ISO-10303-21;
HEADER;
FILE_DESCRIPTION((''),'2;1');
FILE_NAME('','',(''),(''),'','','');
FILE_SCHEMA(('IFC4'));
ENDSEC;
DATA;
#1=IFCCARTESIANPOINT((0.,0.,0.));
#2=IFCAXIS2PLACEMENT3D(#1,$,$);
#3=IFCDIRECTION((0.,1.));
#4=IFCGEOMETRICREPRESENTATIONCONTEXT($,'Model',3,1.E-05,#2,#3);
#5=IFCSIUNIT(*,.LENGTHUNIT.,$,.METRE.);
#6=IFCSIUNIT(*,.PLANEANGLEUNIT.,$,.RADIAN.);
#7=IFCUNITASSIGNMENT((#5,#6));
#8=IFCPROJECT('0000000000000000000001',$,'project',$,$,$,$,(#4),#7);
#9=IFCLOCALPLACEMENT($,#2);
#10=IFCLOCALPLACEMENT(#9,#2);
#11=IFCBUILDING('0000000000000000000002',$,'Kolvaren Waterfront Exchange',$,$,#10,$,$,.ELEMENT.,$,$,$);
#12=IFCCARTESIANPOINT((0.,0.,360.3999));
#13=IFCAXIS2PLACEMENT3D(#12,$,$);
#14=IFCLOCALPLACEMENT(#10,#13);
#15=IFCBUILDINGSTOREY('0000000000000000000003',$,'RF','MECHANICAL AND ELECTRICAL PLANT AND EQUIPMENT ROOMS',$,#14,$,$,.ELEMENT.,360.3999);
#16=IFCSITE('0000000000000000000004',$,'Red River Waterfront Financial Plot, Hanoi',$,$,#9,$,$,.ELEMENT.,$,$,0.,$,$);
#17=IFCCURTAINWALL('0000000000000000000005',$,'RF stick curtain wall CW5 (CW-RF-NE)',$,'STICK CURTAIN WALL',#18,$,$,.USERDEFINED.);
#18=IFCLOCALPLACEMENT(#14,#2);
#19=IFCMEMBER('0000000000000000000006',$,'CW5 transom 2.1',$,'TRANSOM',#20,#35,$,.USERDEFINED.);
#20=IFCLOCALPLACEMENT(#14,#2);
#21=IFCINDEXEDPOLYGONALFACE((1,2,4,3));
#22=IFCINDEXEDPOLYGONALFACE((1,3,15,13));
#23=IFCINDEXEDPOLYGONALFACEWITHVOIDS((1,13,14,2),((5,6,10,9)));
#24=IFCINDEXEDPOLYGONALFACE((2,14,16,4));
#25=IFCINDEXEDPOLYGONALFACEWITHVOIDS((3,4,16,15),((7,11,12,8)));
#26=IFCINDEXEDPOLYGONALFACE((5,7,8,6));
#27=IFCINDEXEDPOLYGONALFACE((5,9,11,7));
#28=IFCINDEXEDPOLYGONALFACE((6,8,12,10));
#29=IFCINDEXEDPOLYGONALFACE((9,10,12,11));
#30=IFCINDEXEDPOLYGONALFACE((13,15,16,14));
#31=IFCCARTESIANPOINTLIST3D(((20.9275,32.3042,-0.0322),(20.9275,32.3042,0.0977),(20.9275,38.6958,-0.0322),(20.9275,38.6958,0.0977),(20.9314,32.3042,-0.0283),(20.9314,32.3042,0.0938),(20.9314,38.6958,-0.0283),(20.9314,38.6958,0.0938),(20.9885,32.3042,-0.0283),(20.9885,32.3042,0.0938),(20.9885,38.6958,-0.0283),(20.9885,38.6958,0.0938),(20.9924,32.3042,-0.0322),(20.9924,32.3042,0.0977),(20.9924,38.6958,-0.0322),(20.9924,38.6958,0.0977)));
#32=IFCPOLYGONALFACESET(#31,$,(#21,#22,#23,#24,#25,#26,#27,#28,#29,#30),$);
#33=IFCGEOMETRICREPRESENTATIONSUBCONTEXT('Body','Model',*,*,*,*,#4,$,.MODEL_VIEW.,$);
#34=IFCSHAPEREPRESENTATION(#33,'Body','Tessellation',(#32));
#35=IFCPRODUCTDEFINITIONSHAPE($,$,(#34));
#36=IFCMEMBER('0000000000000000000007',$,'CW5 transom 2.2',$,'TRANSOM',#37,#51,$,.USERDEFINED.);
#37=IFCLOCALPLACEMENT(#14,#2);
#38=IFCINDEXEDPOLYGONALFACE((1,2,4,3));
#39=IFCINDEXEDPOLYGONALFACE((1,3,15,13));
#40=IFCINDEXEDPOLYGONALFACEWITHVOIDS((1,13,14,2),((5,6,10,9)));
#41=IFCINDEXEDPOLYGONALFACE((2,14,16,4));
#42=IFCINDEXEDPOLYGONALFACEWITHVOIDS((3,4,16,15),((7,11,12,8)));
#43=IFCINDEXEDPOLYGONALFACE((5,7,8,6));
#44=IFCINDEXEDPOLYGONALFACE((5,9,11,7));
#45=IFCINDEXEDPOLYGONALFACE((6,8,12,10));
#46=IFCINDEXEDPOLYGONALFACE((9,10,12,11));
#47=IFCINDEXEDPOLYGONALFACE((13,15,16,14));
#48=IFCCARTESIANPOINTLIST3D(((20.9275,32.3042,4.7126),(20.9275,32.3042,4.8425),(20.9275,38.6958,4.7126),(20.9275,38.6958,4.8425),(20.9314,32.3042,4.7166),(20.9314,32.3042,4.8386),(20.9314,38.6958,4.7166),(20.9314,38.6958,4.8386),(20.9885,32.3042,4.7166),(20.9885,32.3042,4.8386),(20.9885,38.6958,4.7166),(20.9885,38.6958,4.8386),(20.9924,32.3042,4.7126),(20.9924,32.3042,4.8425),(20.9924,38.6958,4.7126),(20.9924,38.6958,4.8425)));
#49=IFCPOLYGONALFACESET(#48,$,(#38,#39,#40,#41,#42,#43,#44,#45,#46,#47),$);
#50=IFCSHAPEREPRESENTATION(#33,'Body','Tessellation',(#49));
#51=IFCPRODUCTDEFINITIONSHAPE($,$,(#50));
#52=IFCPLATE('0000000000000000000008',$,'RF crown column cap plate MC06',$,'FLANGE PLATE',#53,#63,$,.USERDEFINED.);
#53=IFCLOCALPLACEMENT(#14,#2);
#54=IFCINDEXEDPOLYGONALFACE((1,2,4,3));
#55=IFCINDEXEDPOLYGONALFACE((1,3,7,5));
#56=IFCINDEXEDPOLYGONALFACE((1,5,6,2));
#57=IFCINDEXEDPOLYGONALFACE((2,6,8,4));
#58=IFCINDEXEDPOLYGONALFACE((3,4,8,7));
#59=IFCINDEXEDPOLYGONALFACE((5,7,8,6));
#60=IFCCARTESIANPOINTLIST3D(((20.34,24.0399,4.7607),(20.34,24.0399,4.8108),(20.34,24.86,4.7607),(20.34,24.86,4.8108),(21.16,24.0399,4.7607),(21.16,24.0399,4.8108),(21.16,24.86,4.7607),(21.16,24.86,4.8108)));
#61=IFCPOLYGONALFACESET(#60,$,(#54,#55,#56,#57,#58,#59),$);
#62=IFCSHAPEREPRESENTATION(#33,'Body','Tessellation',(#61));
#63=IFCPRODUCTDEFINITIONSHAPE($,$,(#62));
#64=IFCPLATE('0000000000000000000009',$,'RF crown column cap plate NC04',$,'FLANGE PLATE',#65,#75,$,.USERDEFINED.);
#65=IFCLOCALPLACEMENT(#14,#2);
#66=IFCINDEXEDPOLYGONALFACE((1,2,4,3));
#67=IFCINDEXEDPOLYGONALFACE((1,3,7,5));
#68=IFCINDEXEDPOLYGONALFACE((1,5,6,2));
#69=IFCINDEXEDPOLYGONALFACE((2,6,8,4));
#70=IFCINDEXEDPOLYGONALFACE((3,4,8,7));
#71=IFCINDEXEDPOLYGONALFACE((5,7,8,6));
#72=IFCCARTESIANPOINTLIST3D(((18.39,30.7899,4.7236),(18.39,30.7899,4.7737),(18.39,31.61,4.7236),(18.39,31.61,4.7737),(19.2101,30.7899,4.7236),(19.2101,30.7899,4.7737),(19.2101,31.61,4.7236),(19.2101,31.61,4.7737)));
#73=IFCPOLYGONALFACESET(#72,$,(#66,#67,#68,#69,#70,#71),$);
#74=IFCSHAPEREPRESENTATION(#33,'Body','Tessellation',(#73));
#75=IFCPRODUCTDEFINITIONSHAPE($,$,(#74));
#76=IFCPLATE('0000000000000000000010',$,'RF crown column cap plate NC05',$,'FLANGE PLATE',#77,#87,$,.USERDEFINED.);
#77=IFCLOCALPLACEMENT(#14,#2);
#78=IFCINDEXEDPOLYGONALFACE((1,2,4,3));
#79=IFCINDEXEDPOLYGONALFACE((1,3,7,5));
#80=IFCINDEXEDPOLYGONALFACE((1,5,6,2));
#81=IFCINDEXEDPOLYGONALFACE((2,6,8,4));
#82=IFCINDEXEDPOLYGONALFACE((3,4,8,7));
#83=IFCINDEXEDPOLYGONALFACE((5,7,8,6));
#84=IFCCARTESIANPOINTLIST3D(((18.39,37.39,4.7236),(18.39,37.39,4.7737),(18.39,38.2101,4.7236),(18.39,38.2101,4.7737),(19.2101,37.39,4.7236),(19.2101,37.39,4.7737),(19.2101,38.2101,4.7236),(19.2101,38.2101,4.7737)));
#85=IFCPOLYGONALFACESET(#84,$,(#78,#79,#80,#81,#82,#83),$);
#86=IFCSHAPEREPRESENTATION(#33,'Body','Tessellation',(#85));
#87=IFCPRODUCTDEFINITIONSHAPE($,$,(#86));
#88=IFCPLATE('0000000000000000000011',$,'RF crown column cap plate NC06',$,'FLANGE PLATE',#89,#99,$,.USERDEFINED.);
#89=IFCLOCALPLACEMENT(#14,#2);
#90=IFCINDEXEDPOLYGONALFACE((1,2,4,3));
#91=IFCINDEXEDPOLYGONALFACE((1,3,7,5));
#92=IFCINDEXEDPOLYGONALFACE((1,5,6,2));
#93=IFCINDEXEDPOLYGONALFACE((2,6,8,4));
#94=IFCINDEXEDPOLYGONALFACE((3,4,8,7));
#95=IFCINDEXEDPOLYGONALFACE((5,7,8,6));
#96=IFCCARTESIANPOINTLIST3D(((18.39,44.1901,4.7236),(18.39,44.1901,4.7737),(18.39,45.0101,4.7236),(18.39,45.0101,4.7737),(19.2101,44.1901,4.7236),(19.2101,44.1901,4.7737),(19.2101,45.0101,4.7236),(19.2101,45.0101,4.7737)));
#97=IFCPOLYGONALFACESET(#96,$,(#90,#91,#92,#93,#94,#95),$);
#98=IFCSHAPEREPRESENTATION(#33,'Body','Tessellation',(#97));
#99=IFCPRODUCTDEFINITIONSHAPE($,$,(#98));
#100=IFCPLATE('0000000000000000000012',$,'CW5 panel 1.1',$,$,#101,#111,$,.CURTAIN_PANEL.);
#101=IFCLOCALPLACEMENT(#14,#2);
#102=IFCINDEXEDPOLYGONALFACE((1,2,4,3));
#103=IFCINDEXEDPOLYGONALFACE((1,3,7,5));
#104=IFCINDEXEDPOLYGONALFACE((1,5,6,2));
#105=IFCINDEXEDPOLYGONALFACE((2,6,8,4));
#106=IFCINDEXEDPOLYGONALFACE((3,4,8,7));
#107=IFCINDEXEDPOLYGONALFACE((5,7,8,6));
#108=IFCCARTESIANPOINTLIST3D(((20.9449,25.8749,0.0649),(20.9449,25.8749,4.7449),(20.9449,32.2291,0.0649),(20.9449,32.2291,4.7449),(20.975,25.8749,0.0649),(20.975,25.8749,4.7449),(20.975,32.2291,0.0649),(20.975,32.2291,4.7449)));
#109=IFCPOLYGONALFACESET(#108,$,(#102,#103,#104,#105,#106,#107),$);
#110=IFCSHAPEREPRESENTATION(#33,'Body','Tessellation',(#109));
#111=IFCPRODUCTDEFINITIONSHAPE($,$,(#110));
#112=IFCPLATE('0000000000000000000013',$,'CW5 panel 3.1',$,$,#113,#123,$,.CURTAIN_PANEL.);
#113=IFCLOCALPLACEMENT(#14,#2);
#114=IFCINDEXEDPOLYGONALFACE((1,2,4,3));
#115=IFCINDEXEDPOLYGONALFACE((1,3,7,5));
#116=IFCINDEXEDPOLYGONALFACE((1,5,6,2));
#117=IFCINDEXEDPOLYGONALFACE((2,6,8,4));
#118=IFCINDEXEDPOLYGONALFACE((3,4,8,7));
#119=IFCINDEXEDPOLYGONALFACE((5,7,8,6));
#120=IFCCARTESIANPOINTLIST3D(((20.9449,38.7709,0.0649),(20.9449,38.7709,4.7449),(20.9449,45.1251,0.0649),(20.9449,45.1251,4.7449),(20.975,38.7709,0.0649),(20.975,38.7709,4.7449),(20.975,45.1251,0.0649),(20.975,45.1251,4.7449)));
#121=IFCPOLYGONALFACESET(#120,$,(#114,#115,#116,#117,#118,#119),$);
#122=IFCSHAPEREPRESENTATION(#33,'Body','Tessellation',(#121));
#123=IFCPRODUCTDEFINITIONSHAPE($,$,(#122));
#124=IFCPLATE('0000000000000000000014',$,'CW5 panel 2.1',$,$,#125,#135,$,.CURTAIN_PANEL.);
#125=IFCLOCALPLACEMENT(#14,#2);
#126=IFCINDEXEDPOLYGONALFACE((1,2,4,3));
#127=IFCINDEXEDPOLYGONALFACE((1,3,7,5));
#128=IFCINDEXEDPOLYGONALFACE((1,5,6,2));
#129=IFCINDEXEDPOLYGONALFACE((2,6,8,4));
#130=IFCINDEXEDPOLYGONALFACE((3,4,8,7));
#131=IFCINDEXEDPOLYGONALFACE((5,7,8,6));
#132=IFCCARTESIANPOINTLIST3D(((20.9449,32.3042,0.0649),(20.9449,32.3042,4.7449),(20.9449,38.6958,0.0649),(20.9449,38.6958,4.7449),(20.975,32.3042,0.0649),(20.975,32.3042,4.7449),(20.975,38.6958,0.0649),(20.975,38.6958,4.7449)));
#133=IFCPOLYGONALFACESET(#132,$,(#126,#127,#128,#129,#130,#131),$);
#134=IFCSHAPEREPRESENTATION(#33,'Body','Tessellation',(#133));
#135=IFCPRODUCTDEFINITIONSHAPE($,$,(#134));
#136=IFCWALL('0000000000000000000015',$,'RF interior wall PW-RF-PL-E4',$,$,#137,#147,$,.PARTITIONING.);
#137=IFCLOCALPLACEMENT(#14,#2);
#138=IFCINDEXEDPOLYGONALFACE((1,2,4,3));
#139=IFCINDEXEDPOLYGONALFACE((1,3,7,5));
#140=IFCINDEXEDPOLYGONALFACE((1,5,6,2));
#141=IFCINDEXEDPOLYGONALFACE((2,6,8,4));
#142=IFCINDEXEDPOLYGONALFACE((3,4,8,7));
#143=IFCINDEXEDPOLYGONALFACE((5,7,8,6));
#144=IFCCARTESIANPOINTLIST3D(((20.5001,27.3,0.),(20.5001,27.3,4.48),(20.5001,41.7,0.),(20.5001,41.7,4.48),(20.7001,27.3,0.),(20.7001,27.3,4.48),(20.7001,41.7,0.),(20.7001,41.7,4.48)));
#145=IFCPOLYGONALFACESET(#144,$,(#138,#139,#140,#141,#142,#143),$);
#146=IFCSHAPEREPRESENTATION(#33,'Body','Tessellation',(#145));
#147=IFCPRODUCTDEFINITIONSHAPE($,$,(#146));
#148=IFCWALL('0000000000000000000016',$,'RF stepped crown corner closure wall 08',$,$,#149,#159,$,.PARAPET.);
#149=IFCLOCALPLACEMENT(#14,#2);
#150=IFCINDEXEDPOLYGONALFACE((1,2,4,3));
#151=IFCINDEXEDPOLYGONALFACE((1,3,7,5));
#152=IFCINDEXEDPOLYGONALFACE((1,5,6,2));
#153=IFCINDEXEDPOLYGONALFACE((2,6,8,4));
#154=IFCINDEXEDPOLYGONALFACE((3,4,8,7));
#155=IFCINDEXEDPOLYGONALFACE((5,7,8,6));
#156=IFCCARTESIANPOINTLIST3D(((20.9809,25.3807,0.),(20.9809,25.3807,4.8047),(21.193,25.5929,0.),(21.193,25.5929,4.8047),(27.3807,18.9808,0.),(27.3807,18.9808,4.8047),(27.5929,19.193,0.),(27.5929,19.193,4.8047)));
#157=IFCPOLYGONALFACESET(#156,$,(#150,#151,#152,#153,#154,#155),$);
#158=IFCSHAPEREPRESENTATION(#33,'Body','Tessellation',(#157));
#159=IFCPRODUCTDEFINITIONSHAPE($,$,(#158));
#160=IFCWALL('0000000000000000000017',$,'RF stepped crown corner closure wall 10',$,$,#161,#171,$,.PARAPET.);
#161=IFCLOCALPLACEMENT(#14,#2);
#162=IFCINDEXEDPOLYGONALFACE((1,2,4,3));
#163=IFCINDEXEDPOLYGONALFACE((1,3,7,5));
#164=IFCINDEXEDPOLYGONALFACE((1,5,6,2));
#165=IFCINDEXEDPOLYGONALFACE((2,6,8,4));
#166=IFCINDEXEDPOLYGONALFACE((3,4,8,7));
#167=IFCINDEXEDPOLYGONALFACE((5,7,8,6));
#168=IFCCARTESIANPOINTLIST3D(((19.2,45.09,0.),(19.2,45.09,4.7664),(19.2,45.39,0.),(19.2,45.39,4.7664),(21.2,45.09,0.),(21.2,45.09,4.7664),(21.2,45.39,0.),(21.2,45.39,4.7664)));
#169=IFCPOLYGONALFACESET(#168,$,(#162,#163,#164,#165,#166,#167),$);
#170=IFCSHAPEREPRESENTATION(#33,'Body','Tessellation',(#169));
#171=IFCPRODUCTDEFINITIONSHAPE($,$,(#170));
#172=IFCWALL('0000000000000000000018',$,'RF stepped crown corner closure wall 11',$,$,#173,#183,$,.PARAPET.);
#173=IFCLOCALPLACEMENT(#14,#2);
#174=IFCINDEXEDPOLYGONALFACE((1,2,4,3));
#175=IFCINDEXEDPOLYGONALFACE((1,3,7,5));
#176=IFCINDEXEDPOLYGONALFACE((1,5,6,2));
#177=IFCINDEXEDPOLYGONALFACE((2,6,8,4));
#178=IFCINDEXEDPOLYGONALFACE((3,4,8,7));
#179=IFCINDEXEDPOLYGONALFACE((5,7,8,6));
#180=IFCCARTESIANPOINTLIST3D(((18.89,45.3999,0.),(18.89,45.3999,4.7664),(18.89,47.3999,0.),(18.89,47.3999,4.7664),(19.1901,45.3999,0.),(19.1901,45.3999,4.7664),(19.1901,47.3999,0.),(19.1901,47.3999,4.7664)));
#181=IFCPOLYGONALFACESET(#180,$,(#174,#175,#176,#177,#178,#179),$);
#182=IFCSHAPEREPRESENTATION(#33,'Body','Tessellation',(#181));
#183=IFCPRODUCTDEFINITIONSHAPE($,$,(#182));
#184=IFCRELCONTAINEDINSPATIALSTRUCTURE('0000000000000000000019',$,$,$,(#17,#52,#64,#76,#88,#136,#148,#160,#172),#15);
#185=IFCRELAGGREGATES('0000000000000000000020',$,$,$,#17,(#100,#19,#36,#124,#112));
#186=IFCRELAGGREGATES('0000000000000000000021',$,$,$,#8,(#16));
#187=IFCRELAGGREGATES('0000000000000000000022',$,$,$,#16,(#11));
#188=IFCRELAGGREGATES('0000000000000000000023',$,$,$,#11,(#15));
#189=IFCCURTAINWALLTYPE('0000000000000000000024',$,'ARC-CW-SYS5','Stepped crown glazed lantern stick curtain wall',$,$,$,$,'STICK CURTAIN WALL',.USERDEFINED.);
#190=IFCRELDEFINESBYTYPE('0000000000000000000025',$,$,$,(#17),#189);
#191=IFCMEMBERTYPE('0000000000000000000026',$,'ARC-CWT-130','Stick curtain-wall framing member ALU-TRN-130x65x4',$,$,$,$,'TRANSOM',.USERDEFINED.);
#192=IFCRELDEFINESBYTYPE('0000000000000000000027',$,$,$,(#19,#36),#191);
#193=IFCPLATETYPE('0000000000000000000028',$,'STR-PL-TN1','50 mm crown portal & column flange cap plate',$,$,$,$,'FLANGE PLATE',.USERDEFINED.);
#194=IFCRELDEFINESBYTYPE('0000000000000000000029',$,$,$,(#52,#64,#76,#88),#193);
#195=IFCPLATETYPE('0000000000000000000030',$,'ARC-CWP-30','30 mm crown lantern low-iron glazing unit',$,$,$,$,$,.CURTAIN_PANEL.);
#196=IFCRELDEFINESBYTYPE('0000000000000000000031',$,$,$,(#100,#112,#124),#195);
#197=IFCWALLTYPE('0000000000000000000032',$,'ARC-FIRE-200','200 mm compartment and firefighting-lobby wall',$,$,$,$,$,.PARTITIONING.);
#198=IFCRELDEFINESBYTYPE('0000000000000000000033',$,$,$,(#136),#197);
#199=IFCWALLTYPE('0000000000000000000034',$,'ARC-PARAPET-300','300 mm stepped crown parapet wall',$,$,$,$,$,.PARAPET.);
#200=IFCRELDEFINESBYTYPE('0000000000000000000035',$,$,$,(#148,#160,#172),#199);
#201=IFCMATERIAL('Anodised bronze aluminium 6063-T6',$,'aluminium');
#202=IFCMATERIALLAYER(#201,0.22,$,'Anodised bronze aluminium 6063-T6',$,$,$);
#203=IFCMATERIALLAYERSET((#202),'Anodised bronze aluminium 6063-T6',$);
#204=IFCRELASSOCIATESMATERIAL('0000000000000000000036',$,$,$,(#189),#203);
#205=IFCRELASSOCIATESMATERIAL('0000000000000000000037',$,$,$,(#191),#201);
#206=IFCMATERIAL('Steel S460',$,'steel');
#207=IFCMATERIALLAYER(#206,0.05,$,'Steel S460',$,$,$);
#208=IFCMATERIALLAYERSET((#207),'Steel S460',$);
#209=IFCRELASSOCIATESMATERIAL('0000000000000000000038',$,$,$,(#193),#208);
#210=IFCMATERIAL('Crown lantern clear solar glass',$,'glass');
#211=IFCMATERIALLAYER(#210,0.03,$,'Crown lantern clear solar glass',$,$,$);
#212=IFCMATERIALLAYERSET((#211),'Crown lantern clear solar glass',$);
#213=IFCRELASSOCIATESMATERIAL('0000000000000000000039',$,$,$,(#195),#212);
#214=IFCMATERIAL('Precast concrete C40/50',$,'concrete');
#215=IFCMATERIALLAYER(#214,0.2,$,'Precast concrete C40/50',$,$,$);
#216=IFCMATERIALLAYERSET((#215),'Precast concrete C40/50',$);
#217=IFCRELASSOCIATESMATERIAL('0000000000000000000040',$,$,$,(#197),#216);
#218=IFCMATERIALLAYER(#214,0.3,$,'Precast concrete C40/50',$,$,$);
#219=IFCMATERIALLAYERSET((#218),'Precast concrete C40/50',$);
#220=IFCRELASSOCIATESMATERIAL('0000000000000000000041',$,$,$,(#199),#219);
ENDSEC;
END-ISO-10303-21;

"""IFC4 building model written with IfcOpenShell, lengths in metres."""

from ifc_helpers import new_model, si_unit, direction, frame, frame_2d, origin, origin_with_axes, origin_2d, place, context, subcontext, project, spatial, rectangle, hollow_rectangle, extrude, source, transform, mapped, material, layer, layer_set, material_profile, profile_set, type_object, element, aggregate, save


model = new_model("IFC4")

# Units and contexts
model_context = context("Model", 3, precision=1e-05, world=origin(), true_north=direction((0.0, 1.0)))
body_context = subcontext(model_context, "Body", "Model", "MODEL_VIEW")
ifc_project = project(units=[si_unit("LENGTHUNIT", "METRE"), si_unit("PLANEANGLEUNIT", "RADIAN")], contexts=[model_context])

# Site, building, storey
site_placement = place(None, origin())
site = spatial("IfcSite", under=ifc_project, at=site_placement, Name="Red River Waterfront Financial Plot, Hanoi", CompositionType="ELEMENT", RefElevation=0.0)
building_placement = place(site_placement, origin())
building = spatial("IfcBuilding", under=site, at=building_placement, Name="Kolvaren Waterfront Exchange", CompositionType="ELEMENT")
storey_placement = place(building_placement, frame((0.0, 0.0, 360.3999)))
storey = spatial("IfcBuildingStorey", under=building, at=storey_placement, Name="RF", Description="MECHANICAL AND ELECTRICAL PLANT AND EQUIPMENT ROOMS", CompositionType="ELEMENT", Elevation=360.3999)

# Shared definitions
ifc_material_1 = material(Name="Anodised bronze aluminium 6063-T6", Category="aluminium")
ifc_layer_1 = layer(ifc_material_1, 0.22, Name="Anodised bronze aluminium 6063-T6")
ifc_layer_set_1 = layer_set([ifc_layer_1], Name="Anodised bronze aluminium 6063-T6")
curtain_wall_type = type_object("IfcCurtainWallType", Name="ARC-CW-SYS5", Description="Stepped crown glazed lantern stick curtain wall", ElementType="STICK CURTAIN WALL", PredefinedType="USERDEFINED", material=ifc_layer_set_1)

# Curtain wall, members
curtain_wall_1_placement = place(storey_placement, origin())
curtain_wall_1 = element("IfcCurtainWall", 1, at=curtain_wall_1_placement, inside=storey, type_object=curtain_wall_type, Name="RF stick curtain wall CW5 (CW-RF-NE)", ObjectType="STICK CURTAIN WALL", PredefinedType="USERDEFINED")
ifc_material_profile_1 = material_profile(ifc_material_1, hollow_rectangle(XDim=0.0649, YDim=0.1299, WallThickness=0.0039, at=origin_2d()), Name="ALU-TRN-130x65x4")
ifc_profile_set_1 = profile_set([ifc_material_profile_1], Name="Anodised bronze aluminium 6063-T6")
member_type_1 = type_object("IfcMemberType", Name="ARC-CWT-130", Description="Stick curtain-wall framing member ALU-TRN-130x65x4", ElementType="TRANSOM", PredefinedType="USERDEFINED", material=ifc_profile_set_1)
shared_shape_1 = source(origin_with_axes(), body_context, "Body", "SweptSolid", [
    extrude(hollow_rectangle(XDim=0.0649, YDim=0.1299, WallThickness=0.0039, at=origin_2d()), origin(), (0.0, 0.0, 1.0), 6.3916),
])
member_1_placement = place(storey_placement, frame((20.96, 32.3042, 0.0327), z_axis=(0.0, 1.0, 0.0), x_axis=(-1.0, 0.0, 0.0)))
member_1 = element("IfcMember", 2, at=member_1_placement, type_object=member_type_1, Name="CW5 transom 2.1", ObjectType="TRANSOM", PredefinedType="USERDEFINED", context=body_context, shape_type="MappedRepresentation", body=[
    mapped(shared_shape_1, transform((0.0, 0.0, 0.0), x_axis=(1.0, 0.0, 0.0), y_axis=(0.0, 1.0, 0.0), z_axis=(0.0, 0.0, 1.0), scale=1.0)),
])
member_2_placement = place(storey_placement, frame((20.96, 32.3042, 4.7776), z_axis=(0.0, 1.0, 0.0), x_axis=(-1.0, 0.0, 0.0)))
member_2 = element("IfcMember", 3, at=member_2_placement, type_object=member_type_1, Name="CW5 transom 2.2", ObjectType="TRANSOM", PredefinedType="USERDEFINED", context=body_context, shape_type="MappedRepresentation", body=[
    mapped(shared_shape_1, transform((0.0, 0.0, 0.0), x_axis=(1.0, 0.0, 0.0), y_axis=(0.0, 1.0, 0.0), z_axis=(0.0, 0.0, 1.0), scale=1.0)),
])

# Plates
ifc_material_2 = material(Name="Steel S460", Category="steel")
ifc_layer_2 = layer(ifc_material_2, 0.05, Name="Steel S460")
ifc_layer_set_2 = layer_set([ifc_layer_2], Name="Steel S460")
plate_type_1 = type_object("IfcPlateType", Name="STR-PL-TN1", Description="50 mm crown portal & column flange cap plate", ElementType="FLANGE PLATE", PredefinedType="USERDEFINED", material=ifc_layer_set_2)
shared_shape_2 = source(origin_with_axes(), body_context, "Body", "SweptSolid", [
    extrude(rectangle(XDim=0.8201, YDim=0.8201, at=origin_2d()), origin(), (0.0, 0.0, 1.0), 0.05),
])
for number, where, z_axis, x_axis, name in (
    (4, (20.75, 24.45, 4.7607), (0.0, 0.0, 1.0), (1.0, 0.0, 0.0), "RF crown column cap plate MC06"),
    (5, (18.8, 31.2, 4.7236), (0.0, 0.0, 1.0), (1.0, 0.0, 0.0), "RF crown column cap plate NC04"),
    (6, (18.8, 37.8, 4.7236), (0.0, 0.0, 1.0), (1.0, 0.0, 0.0), "RF crown column cap plate NC05"),
    (7, (18.8, 44.6001, 4.7236), (0.0, 0.0, 1.0), (1.0, 0.0, 0.0), "RF crown column cap plate NC06"),
):
    element("IfcPlate", number, at=place(storey_placement, frame(where, z_axis=z_axis, x_axis=x_axis)), inside=storey, type_object=plate_type_1, Name=name, ObjectType="FLANGE PLATE", PredefinedType="USERDEFINED", context=body_context, shape_type="MappedRepresentation", body=[
        mapped(shared_shape_2, transform((0.0, 0.0, 0.0), x_axis=(1.0, 0.0, 0.0), y_axis=(0.0, 1.0, 0.0), z_axis=(0.0, 0.0, 1.0), scale=1.0)),
    ])

# Plates
ifc_material_3 = material(Name="Crown lantern clear solar glass", Category="glass")
ifc_layer_3 = layer(ifc_material_3, 0.03, Name="Crown lantern clear solar glass")
ifc_layer_set_3 = layer_set([ifc_layer_3], Name="Crown lantern clear solar glass")
plate_type_2 = type_object("IfcPlateType", Name="ARC-CWP-30", Description="30 mm crown lantern low-iron glazing unit", PredefinedType="CURTAIN_PANEL", material=ifc_layer_set_3)
shared_shape_3 = source(origin_with_axes(), body_context, "Body", "SweptSolid", [
    extrude(rectangle(XDim=6.3542, YDim=0.03, at=origin_2d()), origin(), (0.0, 0.0, 1.0), 4.6799),
])
plate_1_placement = place(storey_placement, frame((20.96, 29.052, 0.0649), z_axis=(0.0, 0.0, 1.0), x_axis=(0.0, 1.0, 0.0)))
plate_1 = element("IfcPlate", 8, at=plate_1_placement, type_object=plate_type_2, Name="CW5 panel 1.1", PredefinedType="CURTAIN_PANEL", context=body_context, shape_type="MappedRepresentation", body=[
    mapped(shared_shape_3, transform((0.0, 0.0, 0.0), x_axis=(1.0, 0.0, 0.0), y_axis=(0.0, 1.0, 0.0), z_axis=(0.0, 0.0, 1.0), scale=1.0)),
])
plate_2_placement = place(storey_placement, frame((20.96, 41.948, 0.0649), z_axis=(0.0, 0.0, 1.0), x_axis=(0.0, 1.0, 0.0)))
plate_2 = element("IfcPlate", 9, at=plate_2_placement, type_object=plate_type_2, Name="CW5 panel 3.1", PredefinedType="CURTAIN_PANEL", context=body_context, shape_type="MappedRepresentation", body=[
    mapped(shared_shape_3, transform((0.0, 0.0, 0.0), x_axis=(1.0, 0.0, 0.0), y_axis=(0.0, 1.0, 0.0), z_axis=(0.0, 0.0, 1.0), scale=1.0)),
])
shared_shape_4 = source(origin_with_axes(), body_context, "Body", "SweptSolid", [
    extrude(rectangle(XDim=6.3916, YDim=0.03, at=origin_2d()), origin(), (0.0, 0.0, 1.0), 4.6799),
])
plate_3_placement = place(storey_placement, frame((20.96, 35.5, 0.0649), z_axis=(0.0, 0.0, 1.0), x_axis=(0.0, 1.0, 0.0)))
plate_3 = element("IfcPlate", 10, at=plate_3_placement, type_object=plate_type_2, Name="CW5 panel 2.1", PredefinedType="CURTAIN_PANEL", context=body_context, shape_type="MappedRepresentation", body=[
    mapped(shared_shape_4, transform((0.0, 0.0, 0.0), x_axis=(1.0, 0.0, 0.0), y_axis=(0.0, 1.0, 0.0), z_axis=(0.0, 0.0, 1.0), scale=1.0)),
])
aggregate(curtain_wall_1, [plate_1, member_1, member_2, plate_3, plate_2])

# Walls
ifc_material_4 = material(Name="Precast concrete C40/50", Category="concrete")
ifc_layer_4 = layer(ifc_material_4, 0.2, Name="Precast concrete C40/50")
ifc_layer_set_4 = layer_set([ifc_layer_4], Name="Precast concrete C40/50")
wall_type_1 = type_object("IfcWallType", Name="ARC-FIRE-200", Description="200 mm compartment and firefighting-lobby wall", PredefinedType="PARTITIONING", material=ifc_layer_set_4)
wall_1_placement = place(storey_placement, frame((20.6001, 27.3, 0.0), z_axis=(0.0, 0.0, 1.0), x_axis=(0.0, 1.0, 0.0)))
element("IfcWall", 11, at=wall_1_placement, inside=storey, type_object=wall_type_1, Name="RF interior wall PW-RF-PL-E4", PredefinedType="PARTITIONING", context=body_context, shape_type="SweptSolid", body=[
    extrude(rectangle(XDim=14.3999, YDim=0.2, at=frame_2d((7.2, 0.0))), origin(), (0.0, 0.0, 1.0), 4.48),
])
ifc_layer_5 = layer(ifc_material_4, 0.3, Name="Precast concrete C40/50")
ifc_layer_set_5 = layer_set([ifc_layer_5], Name="Precast concrete C40/50")
wall_type_2 = type_object("IfcWallType", Name="ARC-PARAPET-300", Description="300 mm stepped crown parapet wall", PredefinedType="PARAPET", material=ifc_layer_set_5)
wall_2_placement = place(storey_placement, frame((27.4868, 19.0869, 0.0), z_axis=(0.0, 0.0, 1.0), x_axis=(-0.707107, 0.707107, 0.0)))
element("IfcWall", 12, at=wall_2_placement, inside=storey, type_object=wall_type_2, Name="RF stepped crown corner closure wall 08", PredefinedType="PARAPET", context=body_context, shape_type="SweptSolid", body=[
    extrude(rectangle(XDim=9.0508, YDim=0.3, at=frame_2d((4.5254, 0.0))), origin(), (0.0, 0.0, 1.0), 4.8047),
])
for number, where, z_axis, x_axis, name in (
    (13, (21.2, 45.24, 0.0), (0.0, 0.0, 1.0), (-1.0, 0.0, 0.0), "RF stepped crown corner closure wall 10"),
    (14, (19.04, 45.3999, 0.0), (0.0, 0.0, 1.0), (0.0, 1.0, 0.0), "RF stepped crown corner closure wall 11"),
):
    element("IfcWall", number, at=place(storey_placement, frame(where, z_axis=z_axis, x_axis=x_axis)), inside=storey, type_object=wall_type_2, Name=name, PredefinedType="PARAPET", context=body_context, shape_type="SweptSolid", body=[
        extrude(rectangle(XDim=2.0, YDim=0.3, at=frame_2d((1.0, 0.0))), origin(), (0.0, 0.0, 1.0), 4.7664),
    ])

save(model, "model.ifc")
